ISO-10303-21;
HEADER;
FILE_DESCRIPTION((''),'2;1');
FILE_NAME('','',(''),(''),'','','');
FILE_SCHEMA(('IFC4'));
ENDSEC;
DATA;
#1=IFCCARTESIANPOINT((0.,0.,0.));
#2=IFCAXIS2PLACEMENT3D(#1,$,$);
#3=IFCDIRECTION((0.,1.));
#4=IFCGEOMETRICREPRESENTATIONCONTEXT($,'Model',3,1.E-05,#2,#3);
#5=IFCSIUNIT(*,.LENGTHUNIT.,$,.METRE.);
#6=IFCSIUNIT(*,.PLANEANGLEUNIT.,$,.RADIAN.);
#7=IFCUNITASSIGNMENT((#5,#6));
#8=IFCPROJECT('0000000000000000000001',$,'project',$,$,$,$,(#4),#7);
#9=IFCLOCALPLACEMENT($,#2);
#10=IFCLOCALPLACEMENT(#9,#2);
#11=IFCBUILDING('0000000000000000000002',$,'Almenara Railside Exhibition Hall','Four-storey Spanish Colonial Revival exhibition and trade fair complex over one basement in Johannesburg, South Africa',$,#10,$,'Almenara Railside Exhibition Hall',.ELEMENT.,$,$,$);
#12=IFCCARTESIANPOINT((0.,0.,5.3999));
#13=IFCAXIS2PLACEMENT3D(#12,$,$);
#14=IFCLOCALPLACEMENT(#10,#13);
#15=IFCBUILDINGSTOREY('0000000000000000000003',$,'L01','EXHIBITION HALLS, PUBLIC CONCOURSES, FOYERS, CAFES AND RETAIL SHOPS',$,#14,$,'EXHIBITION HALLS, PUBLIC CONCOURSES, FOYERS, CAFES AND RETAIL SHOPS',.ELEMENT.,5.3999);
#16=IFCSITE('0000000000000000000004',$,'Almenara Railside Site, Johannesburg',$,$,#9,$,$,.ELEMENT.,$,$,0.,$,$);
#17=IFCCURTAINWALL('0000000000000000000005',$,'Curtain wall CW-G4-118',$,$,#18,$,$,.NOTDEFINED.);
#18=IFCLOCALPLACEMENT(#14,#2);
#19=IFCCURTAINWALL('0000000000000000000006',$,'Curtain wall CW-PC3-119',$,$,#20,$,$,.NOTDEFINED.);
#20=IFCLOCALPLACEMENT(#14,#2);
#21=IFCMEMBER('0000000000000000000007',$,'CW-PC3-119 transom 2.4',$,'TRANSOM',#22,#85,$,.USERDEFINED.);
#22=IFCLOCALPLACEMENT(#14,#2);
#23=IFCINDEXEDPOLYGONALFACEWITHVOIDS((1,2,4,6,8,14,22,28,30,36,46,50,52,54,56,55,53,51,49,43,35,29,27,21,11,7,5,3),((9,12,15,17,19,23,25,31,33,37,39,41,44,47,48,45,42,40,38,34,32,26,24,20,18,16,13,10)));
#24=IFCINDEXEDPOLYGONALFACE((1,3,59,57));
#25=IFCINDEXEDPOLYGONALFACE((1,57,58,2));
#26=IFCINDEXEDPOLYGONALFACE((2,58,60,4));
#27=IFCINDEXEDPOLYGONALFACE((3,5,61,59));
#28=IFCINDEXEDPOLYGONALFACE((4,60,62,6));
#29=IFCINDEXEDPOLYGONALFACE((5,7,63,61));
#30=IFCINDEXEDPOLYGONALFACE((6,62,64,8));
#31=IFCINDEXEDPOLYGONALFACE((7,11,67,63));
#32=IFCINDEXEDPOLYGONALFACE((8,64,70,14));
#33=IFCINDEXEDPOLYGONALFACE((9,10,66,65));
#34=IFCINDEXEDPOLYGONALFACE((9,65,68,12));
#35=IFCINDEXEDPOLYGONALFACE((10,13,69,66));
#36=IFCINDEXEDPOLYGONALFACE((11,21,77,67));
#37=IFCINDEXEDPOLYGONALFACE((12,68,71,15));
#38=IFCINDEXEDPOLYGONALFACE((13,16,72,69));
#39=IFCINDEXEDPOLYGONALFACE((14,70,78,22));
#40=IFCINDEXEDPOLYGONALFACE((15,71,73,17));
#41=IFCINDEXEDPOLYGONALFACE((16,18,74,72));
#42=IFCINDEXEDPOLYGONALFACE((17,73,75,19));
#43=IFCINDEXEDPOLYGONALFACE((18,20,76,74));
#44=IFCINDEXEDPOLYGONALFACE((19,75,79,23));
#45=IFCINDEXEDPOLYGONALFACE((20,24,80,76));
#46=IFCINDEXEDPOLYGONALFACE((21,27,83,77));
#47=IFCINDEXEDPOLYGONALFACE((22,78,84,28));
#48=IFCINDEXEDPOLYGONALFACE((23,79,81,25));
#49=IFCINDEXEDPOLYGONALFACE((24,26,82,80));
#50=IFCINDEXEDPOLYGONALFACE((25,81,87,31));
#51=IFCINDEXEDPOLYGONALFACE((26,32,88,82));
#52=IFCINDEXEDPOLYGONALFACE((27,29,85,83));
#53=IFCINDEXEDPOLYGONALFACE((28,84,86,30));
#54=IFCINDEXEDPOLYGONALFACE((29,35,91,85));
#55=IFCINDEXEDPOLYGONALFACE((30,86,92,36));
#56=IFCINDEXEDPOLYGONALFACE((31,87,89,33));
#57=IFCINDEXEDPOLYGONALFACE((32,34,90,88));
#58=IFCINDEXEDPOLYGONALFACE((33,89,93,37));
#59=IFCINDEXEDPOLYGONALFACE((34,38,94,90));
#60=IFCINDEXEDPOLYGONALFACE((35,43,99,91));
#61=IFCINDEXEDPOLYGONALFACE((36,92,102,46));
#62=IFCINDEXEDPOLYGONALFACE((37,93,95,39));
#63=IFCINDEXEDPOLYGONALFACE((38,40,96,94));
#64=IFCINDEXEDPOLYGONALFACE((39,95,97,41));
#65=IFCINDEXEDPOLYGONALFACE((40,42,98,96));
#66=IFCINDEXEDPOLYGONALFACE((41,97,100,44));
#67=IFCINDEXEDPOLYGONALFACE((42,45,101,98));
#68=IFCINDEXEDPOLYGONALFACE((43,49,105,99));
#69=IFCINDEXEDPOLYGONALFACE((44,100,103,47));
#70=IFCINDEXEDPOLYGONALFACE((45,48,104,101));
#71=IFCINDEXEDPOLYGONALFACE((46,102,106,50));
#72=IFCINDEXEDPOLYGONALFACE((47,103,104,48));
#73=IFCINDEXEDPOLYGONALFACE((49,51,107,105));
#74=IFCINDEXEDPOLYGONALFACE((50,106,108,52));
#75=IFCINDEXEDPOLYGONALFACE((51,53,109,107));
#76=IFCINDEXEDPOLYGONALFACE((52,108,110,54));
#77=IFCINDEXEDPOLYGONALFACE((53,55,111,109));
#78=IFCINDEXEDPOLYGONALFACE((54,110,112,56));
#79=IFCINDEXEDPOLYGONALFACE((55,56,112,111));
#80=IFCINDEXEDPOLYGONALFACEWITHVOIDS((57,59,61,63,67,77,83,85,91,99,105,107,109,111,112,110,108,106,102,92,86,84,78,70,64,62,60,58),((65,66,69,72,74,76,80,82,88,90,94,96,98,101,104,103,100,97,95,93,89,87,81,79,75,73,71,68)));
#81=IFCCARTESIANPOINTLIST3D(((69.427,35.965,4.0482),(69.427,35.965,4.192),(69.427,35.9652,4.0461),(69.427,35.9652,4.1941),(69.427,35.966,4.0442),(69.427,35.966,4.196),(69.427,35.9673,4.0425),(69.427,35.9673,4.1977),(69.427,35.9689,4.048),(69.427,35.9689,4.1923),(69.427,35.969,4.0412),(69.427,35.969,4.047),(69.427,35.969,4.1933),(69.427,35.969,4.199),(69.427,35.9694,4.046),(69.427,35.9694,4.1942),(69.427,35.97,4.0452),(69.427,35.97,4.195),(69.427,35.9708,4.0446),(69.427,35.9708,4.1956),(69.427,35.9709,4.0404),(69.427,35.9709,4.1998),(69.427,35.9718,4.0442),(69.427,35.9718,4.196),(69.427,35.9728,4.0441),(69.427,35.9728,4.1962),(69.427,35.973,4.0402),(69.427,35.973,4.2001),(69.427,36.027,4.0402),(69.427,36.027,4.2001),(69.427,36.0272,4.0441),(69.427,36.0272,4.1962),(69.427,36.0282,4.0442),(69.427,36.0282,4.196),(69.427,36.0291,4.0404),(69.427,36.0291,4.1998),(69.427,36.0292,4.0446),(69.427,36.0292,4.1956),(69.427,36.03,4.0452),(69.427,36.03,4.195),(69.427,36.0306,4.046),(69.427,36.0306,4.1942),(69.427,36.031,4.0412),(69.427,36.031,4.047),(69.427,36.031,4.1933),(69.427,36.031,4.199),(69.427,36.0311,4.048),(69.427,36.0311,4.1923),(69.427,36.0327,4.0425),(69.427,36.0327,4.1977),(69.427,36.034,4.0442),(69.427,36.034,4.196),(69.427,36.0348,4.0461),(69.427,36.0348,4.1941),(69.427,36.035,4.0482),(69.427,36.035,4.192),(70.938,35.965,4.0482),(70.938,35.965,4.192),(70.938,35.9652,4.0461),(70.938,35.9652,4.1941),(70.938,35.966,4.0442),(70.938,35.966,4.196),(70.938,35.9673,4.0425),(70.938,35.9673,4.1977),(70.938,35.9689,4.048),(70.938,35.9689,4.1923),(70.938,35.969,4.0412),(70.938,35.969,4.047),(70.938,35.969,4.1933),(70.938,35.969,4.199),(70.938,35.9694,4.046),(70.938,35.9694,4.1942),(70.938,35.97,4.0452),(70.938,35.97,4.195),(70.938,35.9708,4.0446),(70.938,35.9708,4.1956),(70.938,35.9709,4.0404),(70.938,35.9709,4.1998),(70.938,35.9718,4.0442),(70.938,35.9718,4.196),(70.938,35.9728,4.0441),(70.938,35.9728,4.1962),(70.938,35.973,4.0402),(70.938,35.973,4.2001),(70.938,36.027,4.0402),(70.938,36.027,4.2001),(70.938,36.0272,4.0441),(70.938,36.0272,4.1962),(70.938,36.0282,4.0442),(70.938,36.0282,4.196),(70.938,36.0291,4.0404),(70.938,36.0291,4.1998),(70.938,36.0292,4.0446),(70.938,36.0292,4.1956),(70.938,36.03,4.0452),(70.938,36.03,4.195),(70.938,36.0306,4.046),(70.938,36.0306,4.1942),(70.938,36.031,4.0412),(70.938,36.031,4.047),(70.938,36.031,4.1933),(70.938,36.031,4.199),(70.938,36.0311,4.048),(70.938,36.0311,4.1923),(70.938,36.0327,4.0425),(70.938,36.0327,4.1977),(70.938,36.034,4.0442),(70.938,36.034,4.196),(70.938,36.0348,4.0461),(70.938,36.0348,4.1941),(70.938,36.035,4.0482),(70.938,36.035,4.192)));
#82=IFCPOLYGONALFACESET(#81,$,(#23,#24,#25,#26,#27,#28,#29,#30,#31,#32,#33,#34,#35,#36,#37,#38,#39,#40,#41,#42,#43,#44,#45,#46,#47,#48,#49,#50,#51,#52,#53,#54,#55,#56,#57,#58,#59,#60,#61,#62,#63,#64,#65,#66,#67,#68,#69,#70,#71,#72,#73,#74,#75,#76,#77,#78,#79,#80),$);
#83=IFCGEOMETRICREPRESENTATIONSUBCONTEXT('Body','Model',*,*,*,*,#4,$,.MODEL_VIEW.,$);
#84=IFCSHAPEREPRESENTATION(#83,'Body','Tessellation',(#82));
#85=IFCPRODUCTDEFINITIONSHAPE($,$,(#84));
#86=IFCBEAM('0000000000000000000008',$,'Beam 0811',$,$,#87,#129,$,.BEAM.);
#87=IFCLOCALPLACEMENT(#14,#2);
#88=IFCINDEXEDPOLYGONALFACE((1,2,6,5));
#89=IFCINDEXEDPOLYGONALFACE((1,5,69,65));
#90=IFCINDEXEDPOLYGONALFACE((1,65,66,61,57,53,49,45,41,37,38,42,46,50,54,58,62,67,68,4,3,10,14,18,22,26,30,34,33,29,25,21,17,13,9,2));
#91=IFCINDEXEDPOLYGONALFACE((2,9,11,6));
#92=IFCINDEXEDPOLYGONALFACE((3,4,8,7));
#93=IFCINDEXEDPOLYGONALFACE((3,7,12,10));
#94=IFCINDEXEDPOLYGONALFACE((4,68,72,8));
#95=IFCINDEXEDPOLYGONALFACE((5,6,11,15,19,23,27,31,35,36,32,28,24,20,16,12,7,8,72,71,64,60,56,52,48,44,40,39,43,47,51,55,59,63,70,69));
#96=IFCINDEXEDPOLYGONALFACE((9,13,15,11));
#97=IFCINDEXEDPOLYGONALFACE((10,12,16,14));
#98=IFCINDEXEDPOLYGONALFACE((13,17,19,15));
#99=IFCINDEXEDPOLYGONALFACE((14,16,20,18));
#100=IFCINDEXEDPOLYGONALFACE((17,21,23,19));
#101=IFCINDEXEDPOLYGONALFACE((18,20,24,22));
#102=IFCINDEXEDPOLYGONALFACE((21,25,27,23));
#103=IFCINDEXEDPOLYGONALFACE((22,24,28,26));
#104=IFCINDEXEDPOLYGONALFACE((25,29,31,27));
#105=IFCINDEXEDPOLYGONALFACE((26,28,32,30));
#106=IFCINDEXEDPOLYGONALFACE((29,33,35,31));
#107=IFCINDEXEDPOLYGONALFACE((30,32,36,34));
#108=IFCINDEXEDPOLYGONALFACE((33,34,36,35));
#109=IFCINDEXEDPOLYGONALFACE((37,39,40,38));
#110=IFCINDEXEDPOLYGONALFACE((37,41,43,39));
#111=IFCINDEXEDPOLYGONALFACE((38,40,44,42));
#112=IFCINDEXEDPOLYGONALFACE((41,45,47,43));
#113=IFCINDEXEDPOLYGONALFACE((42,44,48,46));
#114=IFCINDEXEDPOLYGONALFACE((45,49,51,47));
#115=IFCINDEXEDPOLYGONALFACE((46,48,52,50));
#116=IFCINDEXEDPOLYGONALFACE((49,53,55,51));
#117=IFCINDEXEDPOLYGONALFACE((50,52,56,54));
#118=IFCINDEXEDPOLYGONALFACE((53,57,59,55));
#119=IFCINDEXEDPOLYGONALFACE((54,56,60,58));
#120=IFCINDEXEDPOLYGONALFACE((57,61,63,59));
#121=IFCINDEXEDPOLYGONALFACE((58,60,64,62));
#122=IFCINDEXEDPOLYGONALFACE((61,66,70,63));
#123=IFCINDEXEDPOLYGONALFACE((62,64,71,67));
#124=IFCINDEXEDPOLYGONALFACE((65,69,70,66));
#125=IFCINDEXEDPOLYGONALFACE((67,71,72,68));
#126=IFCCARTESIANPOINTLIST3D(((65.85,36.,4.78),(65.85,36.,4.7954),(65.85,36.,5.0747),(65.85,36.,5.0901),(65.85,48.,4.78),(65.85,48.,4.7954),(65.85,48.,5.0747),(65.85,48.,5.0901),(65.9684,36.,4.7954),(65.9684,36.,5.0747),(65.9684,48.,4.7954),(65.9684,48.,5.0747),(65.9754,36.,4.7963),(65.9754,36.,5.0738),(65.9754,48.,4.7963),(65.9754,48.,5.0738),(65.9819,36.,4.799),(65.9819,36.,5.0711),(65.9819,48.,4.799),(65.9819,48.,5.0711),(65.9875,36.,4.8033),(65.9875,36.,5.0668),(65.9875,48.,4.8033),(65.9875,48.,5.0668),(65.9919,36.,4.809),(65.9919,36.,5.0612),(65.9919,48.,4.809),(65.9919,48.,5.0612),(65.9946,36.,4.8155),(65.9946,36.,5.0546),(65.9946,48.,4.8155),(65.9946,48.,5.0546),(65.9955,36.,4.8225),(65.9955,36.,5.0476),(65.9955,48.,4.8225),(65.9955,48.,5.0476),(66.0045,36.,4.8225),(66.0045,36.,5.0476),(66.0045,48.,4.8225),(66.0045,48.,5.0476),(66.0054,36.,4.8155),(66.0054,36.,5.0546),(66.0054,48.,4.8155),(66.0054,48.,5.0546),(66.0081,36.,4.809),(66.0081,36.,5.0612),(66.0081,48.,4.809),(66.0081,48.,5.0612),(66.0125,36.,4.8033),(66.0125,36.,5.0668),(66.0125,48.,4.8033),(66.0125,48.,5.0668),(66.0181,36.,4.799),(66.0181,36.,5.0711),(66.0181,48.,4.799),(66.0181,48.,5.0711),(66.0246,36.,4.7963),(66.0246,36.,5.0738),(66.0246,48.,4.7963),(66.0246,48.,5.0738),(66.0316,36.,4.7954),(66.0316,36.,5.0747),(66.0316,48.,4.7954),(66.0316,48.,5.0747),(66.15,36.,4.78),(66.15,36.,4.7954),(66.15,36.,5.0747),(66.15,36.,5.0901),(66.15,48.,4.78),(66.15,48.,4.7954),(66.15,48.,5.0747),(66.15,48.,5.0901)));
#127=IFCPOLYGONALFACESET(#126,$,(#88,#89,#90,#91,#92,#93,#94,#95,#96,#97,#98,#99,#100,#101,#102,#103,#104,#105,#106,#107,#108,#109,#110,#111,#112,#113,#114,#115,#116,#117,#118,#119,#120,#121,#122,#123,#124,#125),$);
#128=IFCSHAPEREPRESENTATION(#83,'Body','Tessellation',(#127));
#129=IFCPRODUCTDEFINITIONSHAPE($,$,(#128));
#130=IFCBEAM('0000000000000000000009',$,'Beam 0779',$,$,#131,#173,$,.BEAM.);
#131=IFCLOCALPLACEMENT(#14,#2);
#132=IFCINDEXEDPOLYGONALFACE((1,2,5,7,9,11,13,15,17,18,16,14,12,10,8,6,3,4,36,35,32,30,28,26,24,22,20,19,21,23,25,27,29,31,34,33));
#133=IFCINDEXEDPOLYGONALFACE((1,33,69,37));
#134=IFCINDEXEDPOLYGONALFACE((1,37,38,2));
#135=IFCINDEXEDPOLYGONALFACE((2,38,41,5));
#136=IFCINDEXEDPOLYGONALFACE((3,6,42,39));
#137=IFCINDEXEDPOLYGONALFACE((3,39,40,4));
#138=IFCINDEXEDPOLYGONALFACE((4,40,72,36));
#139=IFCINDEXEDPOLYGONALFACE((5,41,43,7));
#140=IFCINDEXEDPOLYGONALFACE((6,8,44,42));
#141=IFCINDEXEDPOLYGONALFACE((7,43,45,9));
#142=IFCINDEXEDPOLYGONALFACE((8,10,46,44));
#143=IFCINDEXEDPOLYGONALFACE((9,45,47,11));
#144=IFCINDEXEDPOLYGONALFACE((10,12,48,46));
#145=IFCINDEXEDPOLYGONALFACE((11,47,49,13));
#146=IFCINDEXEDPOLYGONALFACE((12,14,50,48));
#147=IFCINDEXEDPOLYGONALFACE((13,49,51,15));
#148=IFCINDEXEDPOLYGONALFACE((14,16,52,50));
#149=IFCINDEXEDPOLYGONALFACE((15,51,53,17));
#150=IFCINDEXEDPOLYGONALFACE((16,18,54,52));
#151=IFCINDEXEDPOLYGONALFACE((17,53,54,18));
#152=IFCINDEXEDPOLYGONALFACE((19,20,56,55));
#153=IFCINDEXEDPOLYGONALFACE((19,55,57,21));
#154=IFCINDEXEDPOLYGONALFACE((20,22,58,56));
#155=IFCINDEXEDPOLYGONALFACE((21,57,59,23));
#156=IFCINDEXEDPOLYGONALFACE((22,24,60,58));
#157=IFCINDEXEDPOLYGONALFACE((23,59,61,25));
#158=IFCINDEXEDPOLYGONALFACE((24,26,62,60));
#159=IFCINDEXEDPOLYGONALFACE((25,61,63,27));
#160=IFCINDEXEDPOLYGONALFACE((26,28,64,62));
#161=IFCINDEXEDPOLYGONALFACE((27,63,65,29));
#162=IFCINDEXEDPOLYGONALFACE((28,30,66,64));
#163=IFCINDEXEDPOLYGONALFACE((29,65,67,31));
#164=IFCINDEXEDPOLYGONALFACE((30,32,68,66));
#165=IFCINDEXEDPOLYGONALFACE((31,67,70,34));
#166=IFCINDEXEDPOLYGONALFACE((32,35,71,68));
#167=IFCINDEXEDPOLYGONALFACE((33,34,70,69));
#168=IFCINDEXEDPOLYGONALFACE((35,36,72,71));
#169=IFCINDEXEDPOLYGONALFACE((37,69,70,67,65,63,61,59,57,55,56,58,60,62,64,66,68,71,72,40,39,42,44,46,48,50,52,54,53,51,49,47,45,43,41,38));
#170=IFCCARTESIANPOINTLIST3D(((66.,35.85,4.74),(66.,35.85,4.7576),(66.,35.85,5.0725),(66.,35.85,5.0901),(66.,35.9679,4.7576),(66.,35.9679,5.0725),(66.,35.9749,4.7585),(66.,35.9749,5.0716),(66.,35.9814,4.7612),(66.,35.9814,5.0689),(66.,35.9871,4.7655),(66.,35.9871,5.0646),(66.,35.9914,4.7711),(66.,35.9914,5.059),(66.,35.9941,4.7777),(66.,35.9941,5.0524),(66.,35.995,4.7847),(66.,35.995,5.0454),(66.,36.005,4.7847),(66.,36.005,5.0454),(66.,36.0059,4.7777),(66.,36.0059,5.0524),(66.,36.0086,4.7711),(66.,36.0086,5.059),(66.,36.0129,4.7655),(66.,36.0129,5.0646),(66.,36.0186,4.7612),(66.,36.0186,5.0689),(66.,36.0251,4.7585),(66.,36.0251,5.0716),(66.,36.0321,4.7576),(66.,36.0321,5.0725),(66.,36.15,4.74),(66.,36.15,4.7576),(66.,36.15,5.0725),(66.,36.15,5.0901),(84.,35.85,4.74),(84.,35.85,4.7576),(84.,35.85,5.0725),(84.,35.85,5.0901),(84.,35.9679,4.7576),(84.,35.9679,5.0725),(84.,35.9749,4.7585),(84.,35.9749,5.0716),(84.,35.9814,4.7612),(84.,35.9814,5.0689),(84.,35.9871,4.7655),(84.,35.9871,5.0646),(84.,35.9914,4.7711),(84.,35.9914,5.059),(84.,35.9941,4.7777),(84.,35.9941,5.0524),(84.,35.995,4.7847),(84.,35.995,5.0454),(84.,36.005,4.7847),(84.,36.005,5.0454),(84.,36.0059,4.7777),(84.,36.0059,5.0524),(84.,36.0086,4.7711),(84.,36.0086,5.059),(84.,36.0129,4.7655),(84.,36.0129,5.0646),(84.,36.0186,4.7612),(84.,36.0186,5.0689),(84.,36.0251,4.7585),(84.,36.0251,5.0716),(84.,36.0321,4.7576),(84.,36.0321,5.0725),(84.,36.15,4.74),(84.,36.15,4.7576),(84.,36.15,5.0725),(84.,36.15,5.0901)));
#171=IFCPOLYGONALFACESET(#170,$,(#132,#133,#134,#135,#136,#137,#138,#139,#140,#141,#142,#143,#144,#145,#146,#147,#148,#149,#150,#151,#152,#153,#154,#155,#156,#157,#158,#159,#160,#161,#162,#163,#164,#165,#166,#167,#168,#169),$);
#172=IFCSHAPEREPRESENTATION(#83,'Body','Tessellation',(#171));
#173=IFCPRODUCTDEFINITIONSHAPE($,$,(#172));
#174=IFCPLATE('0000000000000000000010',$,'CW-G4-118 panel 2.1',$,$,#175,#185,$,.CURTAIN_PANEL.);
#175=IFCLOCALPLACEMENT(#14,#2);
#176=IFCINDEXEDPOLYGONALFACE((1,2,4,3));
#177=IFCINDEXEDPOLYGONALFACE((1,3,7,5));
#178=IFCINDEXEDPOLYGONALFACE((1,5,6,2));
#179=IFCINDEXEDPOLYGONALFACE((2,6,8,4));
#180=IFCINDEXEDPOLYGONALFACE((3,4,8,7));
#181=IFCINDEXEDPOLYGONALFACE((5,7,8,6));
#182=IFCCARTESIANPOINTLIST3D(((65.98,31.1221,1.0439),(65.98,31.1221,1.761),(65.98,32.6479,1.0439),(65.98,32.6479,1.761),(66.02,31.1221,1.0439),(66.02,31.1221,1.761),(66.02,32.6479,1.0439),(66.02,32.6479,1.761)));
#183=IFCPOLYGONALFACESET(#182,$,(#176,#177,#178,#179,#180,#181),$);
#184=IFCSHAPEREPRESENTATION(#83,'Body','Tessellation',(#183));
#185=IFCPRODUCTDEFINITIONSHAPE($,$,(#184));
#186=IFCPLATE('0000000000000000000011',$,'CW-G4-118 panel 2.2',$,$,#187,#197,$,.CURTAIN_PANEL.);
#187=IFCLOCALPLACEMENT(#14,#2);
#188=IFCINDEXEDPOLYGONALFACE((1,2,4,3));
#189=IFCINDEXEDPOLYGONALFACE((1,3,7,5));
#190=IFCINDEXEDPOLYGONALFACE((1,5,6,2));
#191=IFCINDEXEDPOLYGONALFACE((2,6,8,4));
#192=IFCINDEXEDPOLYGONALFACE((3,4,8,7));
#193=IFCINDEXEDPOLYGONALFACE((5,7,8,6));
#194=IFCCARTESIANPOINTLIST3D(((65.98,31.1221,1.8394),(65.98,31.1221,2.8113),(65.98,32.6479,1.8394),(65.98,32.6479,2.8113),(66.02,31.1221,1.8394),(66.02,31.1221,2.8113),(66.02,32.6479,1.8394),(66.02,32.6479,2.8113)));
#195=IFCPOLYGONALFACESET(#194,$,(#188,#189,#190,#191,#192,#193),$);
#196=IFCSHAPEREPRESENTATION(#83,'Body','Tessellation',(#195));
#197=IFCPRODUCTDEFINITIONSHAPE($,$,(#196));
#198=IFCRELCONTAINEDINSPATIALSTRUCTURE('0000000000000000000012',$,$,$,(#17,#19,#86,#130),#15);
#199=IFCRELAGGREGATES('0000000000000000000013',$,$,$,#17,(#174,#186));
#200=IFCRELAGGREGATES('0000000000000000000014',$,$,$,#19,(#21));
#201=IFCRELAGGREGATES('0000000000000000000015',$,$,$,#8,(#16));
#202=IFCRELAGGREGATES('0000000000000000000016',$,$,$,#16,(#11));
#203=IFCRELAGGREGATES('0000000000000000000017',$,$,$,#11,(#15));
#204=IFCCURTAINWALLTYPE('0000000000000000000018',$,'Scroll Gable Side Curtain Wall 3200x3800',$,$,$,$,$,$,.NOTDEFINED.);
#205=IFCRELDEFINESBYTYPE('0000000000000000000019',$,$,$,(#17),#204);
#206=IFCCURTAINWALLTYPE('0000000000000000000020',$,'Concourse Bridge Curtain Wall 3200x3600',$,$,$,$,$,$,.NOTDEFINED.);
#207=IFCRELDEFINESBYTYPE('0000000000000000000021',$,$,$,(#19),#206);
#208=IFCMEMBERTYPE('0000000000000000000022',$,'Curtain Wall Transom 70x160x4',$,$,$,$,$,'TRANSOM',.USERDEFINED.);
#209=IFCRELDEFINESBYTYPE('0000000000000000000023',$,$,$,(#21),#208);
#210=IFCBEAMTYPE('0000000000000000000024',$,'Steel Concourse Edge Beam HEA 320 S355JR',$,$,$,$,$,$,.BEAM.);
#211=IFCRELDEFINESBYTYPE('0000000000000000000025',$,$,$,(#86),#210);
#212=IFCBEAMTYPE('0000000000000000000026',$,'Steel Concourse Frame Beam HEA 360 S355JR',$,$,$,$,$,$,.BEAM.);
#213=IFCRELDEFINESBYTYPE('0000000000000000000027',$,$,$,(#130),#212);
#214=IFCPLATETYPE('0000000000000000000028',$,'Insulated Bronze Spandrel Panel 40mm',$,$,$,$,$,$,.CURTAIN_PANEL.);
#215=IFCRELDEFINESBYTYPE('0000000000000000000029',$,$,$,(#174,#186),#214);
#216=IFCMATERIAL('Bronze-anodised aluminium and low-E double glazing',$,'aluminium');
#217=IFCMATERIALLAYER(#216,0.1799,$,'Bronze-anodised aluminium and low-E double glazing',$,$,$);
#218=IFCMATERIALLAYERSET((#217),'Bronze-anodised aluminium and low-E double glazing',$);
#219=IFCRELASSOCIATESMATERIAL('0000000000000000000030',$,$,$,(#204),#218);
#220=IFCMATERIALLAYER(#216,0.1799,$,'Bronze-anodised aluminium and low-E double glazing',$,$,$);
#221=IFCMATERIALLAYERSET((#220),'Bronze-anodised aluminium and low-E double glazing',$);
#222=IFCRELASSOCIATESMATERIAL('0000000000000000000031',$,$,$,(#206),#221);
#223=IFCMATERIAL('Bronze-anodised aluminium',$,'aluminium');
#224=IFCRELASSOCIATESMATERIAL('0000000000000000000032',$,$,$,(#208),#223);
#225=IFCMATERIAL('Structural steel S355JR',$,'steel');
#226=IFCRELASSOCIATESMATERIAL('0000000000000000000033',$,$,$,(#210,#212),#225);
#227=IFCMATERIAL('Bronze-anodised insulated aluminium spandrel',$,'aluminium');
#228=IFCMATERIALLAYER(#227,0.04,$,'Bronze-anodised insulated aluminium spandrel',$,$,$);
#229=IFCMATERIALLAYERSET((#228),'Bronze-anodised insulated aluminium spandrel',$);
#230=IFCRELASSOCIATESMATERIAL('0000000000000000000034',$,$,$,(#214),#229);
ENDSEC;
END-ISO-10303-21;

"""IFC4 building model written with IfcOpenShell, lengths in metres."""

from ifc_helpers import new_model, si_unit, direction, frame, origin, origin_2d, place, context, subcontext, project, spatial, rectangle, hollow_rectangle, i_section, extrude, material, layer, layer_set, material_profile, profile_set, type_object, element, aggregate, save


model = new_model("IFC4")

# Units and contexts
model_context = context("Model", 3, precision=1e-05, world=origin(), true_north=direction((0.0, 1.0)))
body_context = subcontext(model_context, "Body", "Model", "MODEL_VIEW")
ifc_project = project(units=[si_unit("LENGTHUNIT", "METRE"), si_unit("PLANEANGLEUNIT", "RADIAN")], contexts=[model_context])

# Site, building, storey
site_placement = place(None, origin())
site = spatial("IfcSite", under=ifc_project, at=site_placement, Name="Almenara Railside Site, Johannesburg", CompositionType="ELEMENT", RefElevation=0.0)
building_placement = place(site_placement, origin())
building = spatial("IfcBuilding", under=site, at=building_placement, Name="Almenara Railside Exhibition Hall", Description="Four-storey Spanish Colonial Revival exhibition and trade fair complex over one basement in Johannesburg, South Africa", LongName="Almenara Railside Exhibition Hall", CompositionType="ELEMENT")
storey_placement = place(building_placement, frame((0.0, 0.0, 5.3999)))
storey = spatial("IfcBuildingStorey", under=building, at=storey_placement, Name="L01", Description="EXHIBITION HALLS, PUBLIC CONCOURSES, FOYERS, CAFES AND RETAIL SHOPS", LongName="EXHIBITION HALLS, PUBLIC CONCOURSES, FOYERS, CAFES AND RETAIL SHOPS", CompositionType="ELEMENT", Elevation=5.3999)

# Curtain wall
ifc_material_1 = material(Name="Bronze-anodised aluminium and low-E double glazing", Category="aluminium")
ifc_layer_1 = layer(ifc_material_1, 0.1799, Name="Bronze-anodised aluminium and low-E double glazing")
ifc_layer_set_1 = layer_set([ifc_layer_1], Name="Bronze-anodised aluminium and low-E double glazing")
curtain_wall_type_1 = type_object("IfcCurtainWallType", Name="Scroll Gable Side Curtain Wall 3200x3800", PredefinedType="NOTDEFINED", material=ifc_layer_set_1)
curtain_wall_1_placement = place(storey_placement, origin())
curtain_wall_1 = element("IfcCurtainWall", 1, at=curtain_wall_1_placement, inside=storey, type_object=curtain_wall_type_1, Name="Curtain wall CW-G4-118", PredefinedType="NOTDEFINED")
ifc_material_2 = material(Name="Bronze-anodised aluminium", Category="aluminium")

# Curtain wall
ifc_layer_2 = layer(ifc_material_1, 0.1799, Name="Bronze-anodised aluminium and low-E double glazing")
ifc_layer_set_2 = layer_set([ifc_layer_2], Name="Bronze-anodised aluminium and low-E double glazing")
curtain_wall_type_2 = type_object("IfcCurtainWallType", Name="Concourse Bridge Curtain Wall 3200x3600", PredefinedType="NOTDEFINED", material=ifc_layer_set_2)
curtain_wall_2_placement = place(storey_placement, origin())
curtain_wall_2 = element("IfcCurtainWall", 2, at=curtain_wall_2_placement, inside=storey, type_object=curtain_wall_type_2, Name="Curtain wall CW-PC3-119", PredefinedType="NOTDEFINED")

# Member
ifc_material_profile_1 = material_profile(ifc_material_2, hollow_rectangle(XDim=0.0701, YDim=0.1599, WallThickness=0.0039, InnerFilletRadius=0.0039, OuterFilletRadius=0.0081, at=origin_2d()), Name="ALU-TRN 70x160x4")
ifc_profile_set_1 = profile_set([ifc_material_profile_1], Name="Bronze-anodised aluminium")
member_type_1 = type_object("IfcMemberType", Name="Curtain Wall Transom 70x160x4", ElementType="TRANSOM", PredefinedType="USERDEFINED", material=ifc_profile_set_1)
member_1_placement = place(storey_placement, frame((69.427, 36.0, 4.1201), z_axis=(1.0, 0.0, 0.0), x_axis=(0.0, 1.0, 0.0)))
member_1 = element("IfcMember", 3, at=member_1_placement, type_object=member_type_1, Name="CW-PC3-119 transom 2.4", ObjectType="TRANSOM", PredefinedType="USERDEFINED", context=body_context, shape_type="SweptSolid", body=[
    extrude(hollow_rectangle(XDim=0.0701, YDim=0.1599, WallThickness=0.0039, InnerFilletRadius=0.0039, OuterFilletRadius=0.0081, at=origin_2d()), origin(), (0.0, 0.0, 1.0), 1.511),
])

# Beams
ifc_material_3 = material(Name="Structural steel S355JR", Category="steel")
ifc_material_profile_2 = material_profile(ifc_material_3, i_section(OverallWidth=0.3, OverallDepth=0.3101, WebThickness=0.009, FlangeThickness=0.0154, FilletRadius=0.0271, at=origin_2d()), Name="HEA 320")
ifc_profile_set_2 = profile_set([ifc_material_profile_2], Name="Structural steel S355JR")
beam_type_1 = type_object("IfcBeamType", Name="Steel Concourse Edge Beam HEA 320 S355JR", PredefinedType="BEAM", material=ifc_profile_set_2)
beam_1_placement = place(storey_placement, frame((66.0, 36.0, 4.9351), z_axis=(0.0, 1.0, 0.0), x_axis=(-1.0, 0.0, 0.0)))
element("IfcBeam", 4, at=beam_1_placement, inside=storey, type_object=beam_type_1, Name="Beam 0811", PredefinedType="BEAM", context=body_context, shape_type="SweptSolid", body=[
    extrude(i_section(OverallWidth=0.3, OverallDepth=0.3101, WebThickness=0.009, FlangeThickness=0.0154, FilletRadius=0.0271, at=origin_2d()), origin(), (0.0, 0.0, 1.0), 12.0),
])
ifc_material_profile_3 = material_profile(ifc_material_3, i_section(OverallWidth=0.3, OverallDepth=0.3501, WebThickness=0.01, FlangeThickness=0.0176, FilletRadius=0.0271, at=origin_2d()), Name="HEA 360")
ifc_profile_set_3 = profile_set([ifc_material_profile_3], Name="Structural steel S355JR")
beam_type_2 = type_object("IfcBeamType", Name="Steel Concourse Frame Beam HEA 360 S355JR", PredefinedType="BEAM", material=ifc_profile_set_3)
beam_2_placement = place(storey_placement, frame((66.0, 36.0, 4.915), z_axis=(1.0, 0.0, 0.0), x_axis=(0.0, 1.0, 0.0)))
element("IfcBeam", 5, at=beam_2_placement, inside=storey, type_object=beam_type_2, Name="Beam 0779", PredefinedType="BEAM", context=body_context, shape_type="SweptSolid", body=[
    extrude(i_section(OverallWidth=0.3, OverallDepth=0.3501, WebThickness=0.01, FlangeThickness=0.0176, FilletRadius=0.0271, at=origin_2d()), origin(), (0.0, 0.0, 1.0), 18.0),
])

# Plates
ifc_material_4 = material(Name="Bronze-anodised insulated aluminium spandrel", Category="aluminium")
ifc_layer_3 = layer(ifc_material_4, 0.04, Name="Bronze-anodised insulated aluminium spandrel")
ifc_layer_set_3 = layer_set([ifc_layer_3], Name="Bronze-anodised insulated aluminium spandrel")
plate_type_1 = type_object("IfcPlateType", Name="Insulated Bronze Spandrel Panel 40mm", PredefinedType="CURTAIN_PANEL", material=ifc_layer_set_3)
plate_1_placement = place(storey_placement, frame((66.0, 31.885, 1.0439), z_axis=(0.0, 0.0, 1.0), x_axis=(0.0, 1.0, 0.0)))
plate_1 = element("IfcPlate", 6, at=plate_1_placement, type_object=plate_type_1, Name="CW-G4-118 panel 2.1", PredefinedType="CURTAIN_PANEL", context=body_context, shape_type="SweptSolid", body=[
    extrude(rectangle(XDim=1.5259, YDim=0.04, at=origin_2d()), origin(), (0.0, 0.0, 1.0), 0.717),
])
plate_2_placement = place(storey_placement, frame((66.0, 31.885, 1.8394), z_axis=(0.0, 0.0, 1.0), x_axis=(0.0, 1.0, 0.0)))
plate_2 = element("IfcPlate", 7, at=plate_2_placement, type_object=plate_type_1, Name="CW-G4-118 panel 2.2", PredefinedType="CURTAIN_PANEL", context=body_context, shape_type="SweptSolid", body=[
    extrude(rectangle(XDim=1.5259, YDim=0.04, at=origin_2d()), origin(), (0.0, 0.0, 1.0), 0.9719),
])
aggregate(curtain_wall_1, [plate_1, plate_2])
aggregate(curtain_wall_2, [member_1])

save(model, "model.ifc")
